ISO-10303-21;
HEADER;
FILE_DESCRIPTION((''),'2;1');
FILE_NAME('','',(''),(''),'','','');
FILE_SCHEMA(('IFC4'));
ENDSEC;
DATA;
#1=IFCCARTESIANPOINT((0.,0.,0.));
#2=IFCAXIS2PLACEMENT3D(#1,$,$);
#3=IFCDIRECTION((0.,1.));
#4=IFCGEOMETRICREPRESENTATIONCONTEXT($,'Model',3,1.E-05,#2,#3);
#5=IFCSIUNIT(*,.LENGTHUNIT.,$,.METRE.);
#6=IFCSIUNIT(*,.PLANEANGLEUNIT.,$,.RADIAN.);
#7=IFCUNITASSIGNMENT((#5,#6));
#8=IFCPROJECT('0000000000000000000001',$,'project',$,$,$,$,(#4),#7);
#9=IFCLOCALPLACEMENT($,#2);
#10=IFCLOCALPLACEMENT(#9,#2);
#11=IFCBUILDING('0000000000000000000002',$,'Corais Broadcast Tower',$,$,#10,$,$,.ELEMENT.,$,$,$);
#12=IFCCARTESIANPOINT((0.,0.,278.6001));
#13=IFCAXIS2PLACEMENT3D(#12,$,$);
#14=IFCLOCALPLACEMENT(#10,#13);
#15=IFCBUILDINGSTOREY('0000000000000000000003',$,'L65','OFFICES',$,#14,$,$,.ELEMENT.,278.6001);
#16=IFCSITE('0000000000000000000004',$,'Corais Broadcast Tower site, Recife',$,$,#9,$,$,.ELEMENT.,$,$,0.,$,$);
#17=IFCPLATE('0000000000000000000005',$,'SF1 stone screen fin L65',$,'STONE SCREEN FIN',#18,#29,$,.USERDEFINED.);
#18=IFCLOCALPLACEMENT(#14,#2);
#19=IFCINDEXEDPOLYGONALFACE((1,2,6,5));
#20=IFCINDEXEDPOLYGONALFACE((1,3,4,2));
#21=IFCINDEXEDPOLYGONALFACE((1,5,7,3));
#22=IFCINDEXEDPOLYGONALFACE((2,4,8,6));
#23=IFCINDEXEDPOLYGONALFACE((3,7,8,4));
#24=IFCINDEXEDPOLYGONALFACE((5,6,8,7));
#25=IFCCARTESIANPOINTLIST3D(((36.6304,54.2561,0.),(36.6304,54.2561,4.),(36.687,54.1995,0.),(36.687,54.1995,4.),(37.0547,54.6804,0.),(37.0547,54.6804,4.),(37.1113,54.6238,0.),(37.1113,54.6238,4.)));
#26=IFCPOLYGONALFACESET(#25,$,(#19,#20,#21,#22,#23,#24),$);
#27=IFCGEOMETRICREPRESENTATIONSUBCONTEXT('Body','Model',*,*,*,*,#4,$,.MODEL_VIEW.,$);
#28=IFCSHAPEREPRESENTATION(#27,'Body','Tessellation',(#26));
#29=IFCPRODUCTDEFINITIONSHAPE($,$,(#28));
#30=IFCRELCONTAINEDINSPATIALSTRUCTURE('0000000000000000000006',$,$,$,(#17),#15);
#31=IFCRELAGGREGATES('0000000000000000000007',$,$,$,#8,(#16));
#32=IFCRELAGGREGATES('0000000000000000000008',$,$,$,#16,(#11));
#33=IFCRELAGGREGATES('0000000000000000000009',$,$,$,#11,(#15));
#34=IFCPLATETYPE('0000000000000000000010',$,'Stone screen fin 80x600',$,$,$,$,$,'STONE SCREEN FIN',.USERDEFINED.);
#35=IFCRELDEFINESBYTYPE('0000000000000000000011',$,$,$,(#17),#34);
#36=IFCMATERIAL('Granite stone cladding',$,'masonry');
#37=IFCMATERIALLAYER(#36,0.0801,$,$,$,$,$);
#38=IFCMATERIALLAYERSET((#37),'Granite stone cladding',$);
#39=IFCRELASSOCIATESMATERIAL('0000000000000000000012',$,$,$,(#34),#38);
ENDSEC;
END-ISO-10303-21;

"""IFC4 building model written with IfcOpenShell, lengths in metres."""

from ifc_helpers import new_model, si_unit, direction, frame, origin, origin_2d, place, context, subcontext, project, spatial, rectangle, extrude, material, layer, layer_set, type_object, element, save


model = new_model("IFC4")

# Units and contexts
model_context = context("Model", 3, precision=1e-05, world=origin(), true_north=direction((0.0, 1.0)))
body_context = subcontext(model_context, "Body", "Model", "MODEL_VIEW")
ifc_project = project(units=[si_unit("LENGTHUNIT", "METRE"), si_unit("PLANEANGLEUNIT", "RADIAN")], contexts=[model_context])

# Site, building, storey
site_placement = place(None, origin())
site = spatial("IfcSite", under=ifc_project, at=site_placement, Name="Corais Broadcast Tower site, Recife", CompositionType="ELEMENT", RefElevation=0.0)
building_placement = place(site_placement, origin())
building = spatial("IfcBuilding", under=site, at=building_placement, Name="Corais Broadcast Tower", CompositionType="ELEMENT")
storey_placement = place(building_placement, frame((0.0, 0.0, 278.6001)))
storey = spatial("IfcBuildingStorey", under=building, at=storey_placement, Name="L65", Description="OFFICES", CompositionType="ELEMENT", Elevation=278.6001)

# Plate
ifc_material_1 = material(Name="Granite stone cladding", Category="masonry")
ifc_layer_1 = layer(ifc_material_1, 0.0801)
ifc_layer_set_1 = layer_set([ifc_layer_1], Name="Granite stone cladding")
plate_type_1 = type_object("IfcPlateType", Name="Stone screen fin 80x600", ElementType="STONE SCREEN FIN", PredefinedType="USERDEFINED", material=ifc_layer_set_1)
plate_1_placement = place(storey_placement, frame((36.8708, 54.4399, 0.0), z_axis=(0.0, 0.0, 1.0), x_axis=(0.707107, -0.707107, 0.0)))
element("IfcPlate", 1, at=plate_1_placement, inside=storey, type_object=plate_type_1, Name="SF1 stone screen fin L65", ObjectType="STONE SCREEN FIN", PredefinedType="USERDEFINED", context=body_context, shape_type="SweptSolid", body=[
    extrude(rectangle(XDim=0.0801, YDim=0.6001, at=origin_2d()), origin(), (0.0, 0.0, 1.0), 4.0),
])

save(model, "model.ifc")
